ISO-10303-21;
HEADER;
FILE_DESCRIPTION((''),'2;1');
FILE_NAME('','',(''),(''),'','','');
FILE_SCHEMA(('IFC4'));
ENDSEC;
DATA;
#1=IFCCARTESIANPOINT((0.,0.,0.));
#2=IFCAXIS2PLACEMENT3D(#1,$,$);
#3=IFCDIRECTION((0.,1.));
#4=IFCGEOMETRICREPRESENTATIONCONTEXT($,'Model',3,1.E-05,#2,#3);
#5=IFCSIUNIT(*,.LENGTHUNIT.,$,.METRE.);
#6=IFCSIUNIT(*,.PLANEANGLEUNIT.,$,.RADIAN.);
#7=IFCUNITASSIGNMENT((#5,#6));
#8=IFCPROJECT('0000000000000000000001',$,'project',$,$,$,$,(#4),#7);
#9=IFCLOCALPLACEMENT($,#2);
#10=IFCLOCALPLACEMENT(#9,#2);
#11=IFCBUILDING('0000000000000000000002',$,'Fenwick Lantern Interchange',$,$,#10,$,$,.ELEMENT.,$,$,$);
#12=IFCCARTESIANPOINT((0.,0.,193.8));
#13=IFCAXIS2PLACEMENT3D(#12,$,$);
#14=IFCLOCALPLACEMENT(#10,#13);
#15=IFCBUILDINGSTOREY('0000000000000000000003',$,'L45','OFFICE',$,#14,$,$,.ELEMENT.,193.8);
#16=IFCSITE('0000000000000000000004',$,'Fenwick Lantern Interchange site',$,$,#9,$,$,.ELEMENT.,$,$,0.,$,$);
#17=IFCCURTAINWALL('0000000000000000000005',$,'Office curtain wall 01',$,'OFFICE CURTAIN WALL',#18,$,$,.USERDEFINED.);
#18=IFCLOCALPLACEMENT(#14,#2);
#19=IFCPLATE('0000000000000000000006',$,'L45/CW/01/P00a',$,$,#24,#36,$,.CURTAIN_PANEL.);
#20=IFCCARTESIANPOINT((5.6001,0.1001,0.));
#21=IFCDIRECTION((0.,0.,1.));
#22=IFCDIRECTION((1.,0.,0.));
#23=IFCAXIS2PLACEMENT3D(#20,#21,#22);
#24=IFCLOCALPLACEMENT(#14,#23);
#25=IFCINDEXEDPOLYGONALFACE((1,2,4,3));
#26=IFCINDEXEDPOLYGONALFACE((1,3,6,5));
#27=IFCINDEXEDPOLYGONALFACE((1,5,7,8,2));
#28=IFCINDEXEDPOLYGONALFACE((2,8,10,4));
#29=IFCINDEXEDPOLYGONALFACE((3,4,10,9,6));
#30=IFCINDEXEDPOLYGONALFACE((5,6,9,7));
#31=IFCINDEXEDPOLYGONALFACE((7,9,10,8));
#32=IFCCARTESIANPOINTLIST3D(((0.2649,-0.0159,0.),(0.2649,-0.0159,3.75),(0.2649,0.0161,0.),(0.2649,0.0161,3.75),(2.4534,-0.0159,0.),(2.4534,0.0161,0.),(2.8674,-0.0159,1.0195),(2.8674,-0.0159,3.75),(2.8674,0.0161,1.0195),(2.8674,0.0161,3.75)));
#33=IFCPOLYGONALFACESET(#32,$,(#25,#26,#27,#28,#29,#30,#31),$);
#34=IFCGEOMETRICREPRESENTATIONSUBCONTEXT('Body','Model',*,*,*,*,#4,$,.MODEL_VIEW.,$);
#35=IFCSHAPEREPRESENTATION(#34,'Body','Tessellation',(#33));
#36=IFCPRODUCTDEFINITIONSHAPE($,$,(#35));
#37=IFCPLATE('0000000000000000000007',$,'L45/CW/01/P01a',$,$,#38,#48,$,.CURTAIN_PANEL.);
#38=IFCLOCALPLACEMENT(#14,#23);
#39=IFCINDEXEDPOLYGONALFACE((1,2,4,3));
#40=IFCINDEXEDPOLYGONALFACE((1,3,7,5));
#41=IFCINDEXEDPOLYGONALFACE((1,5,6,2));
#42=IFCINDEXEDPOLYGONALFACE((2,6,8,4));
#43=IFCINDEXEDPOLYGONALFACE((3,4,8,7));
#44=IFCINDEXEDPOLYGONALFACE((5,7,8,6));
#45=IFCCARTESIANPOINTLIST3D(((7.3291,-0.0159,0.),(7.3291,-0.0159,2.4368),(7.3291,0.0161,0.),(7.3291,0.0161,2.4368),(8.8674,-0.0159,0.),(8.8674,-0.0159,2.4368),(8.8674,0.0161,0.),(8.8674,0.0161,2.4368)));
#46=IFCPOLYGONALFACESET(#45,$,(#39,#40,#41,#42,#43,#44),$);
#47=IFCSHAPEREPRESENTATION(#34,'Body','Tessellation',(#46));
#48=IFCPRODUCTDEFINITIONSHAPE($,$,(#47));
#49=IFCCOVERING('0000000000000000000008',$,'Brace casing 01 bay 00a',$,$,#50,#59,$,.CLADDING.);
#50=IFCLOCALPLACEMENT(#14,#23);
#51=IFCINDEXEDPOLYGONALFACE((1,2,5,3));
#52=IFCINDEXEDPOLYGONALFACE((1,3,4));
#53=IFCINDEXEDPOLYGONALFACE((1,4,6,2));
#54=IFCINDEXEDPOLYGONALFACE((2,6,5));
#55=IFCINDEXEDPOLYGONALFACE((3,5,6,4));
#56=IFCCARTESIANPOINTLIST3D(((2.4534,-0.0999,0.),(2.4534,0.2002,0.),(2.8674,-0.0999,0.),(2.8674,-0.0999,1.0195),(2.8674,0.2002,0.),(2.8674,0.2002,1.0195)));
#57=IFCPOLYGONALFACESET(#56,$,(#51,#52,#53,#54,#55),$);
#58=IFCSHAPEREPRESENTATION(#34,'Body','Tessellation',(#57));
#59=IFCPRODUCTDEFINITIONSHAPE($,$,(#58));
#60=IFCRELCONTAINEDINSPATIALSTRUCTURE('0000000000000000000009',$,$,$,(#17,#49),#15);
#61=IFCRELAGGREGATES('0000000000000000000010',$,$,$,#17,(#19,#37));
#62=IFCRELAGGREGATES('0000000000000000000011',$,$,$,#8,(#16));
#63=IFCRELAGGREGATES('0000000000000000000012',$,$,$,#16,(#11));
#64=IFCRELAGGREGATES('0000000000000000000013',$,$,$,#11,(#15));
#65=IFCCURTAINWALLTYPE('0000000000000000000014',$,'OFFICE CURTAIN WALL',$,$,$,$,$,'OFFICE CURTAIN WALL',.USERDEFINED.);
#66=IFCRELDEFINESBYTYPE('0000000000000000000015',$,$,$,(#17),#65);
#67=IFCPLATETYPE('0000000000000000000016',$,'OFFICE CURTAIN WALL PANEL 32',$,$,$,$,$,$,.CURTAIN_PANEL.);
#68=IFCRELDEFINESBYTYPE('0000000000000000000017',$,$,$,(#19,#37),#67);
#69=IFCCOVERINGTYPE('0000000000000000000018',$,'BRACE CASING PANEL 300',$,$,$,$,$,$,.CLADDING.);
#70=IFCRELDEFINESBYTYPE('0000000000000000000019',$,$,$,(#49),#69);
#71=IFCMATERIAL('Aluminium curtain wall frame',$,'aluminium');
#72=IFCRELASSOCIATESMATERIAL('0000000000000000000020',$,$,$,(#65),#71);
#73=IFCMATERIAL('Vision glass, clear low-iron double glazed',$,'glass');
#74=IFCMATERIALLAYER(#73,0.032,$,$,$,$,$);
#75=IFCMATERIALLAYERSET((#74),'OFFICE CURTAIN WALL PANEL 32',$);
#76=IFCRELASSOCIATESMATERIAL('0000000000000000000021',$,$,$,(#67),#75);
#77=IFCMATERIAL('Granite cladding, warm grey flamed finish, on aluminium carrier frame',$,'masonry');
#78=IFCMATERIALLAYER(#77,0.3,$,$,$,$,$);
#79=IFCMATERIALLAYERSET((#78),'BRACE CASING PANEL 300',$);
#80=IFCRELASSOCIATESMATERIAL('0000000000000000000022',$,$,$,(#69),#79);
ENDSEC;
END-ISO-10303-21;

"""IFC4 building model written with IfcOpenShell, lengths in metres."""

from ifc_helpers import new_model, si_unit, direction, frame, origin, place, context, subcontext, project, spatial, polyline, outline, extrude, material, layer, layer_set, type_object, element, aggregate, save


model = new_model("IFC4")

# Units and contexts
model_context = context("Model", 3, precision=1e-05, world=origin(), true_north=direction((0.0, 1.0)))
body_context = subcontext(model_context, "Body", "Model", "MODEL_VIEW")
ifc_project = project(units=[si_unit("LENGTHUNIT", "METRE"), si_unit("PLANEANGLEUNIT", "RADIAN")], contexts=[model_context])

# Site, building, storey
site_placement = place(None, origin())
site = spatial("IfcSite", under=ifc_project, at=site_placement, Name="Fenwick Lantern Interchange site", CompositionType="ELEMENT", RefElevation=0.0)
building_placement = place(site_placement, origin())
building = spatial("IfcBuilding", under=site, at=building_placement, Name="Fenwick Lantern Interchange", CompositionType="ELEMENT")
storey_placement = place(building_placement, frame((0.0, 0.0, 193.8)))
storey = spatial("IfcBuildingStorey", under=building, at=storey_placement, Name="L45", Description="OFFICE", CompositionType="ELEMENT", Elevation=193.8)

# Shared definitions
ifc_material_1 = material(Name="Aluminium curtain wall frame", Category="aluminium")
curtain_wall_type = type_object("IfcCurtainWallType", Name="OFFICE CURTAIN WALL", ElementType="OFFICE CURTAIN WALL", PredefinedType="USERDEFINED", material=ifc_material_1)

# Curtain wall, plates
curtain_wall_1_placement = place(storey_placement, origin())
curtain_wall_1 = element("IfcCurtainWall", 1, at=curtain_wall_1_placement, inside=storey, type_object=curtain_wall_type, Name="Office curtain wall 01", ObjectType="OFFICE CURTAIN WALL", PredefinedType="USERDEFINED")
ifc_material_2 = material(Name="Vision glass, clear low-iron double glazed", Category="glass")
ifc_layer_1 = layer(ifc_material_2, 0.032)
ifc_layer_set_1 = layer_set([ifc_layer_1], Name="OFFICE CURTAIN WALL PANEL 32")
plate_type = type_object("IfcPlateType", Name="OFFICE CURTAIN WALL PANEL 32", PredefinedType="CURTAIN_PANEL", material=ifc_layer_set_1)
plate_1_placement = place(storey_placement, frame((5.6001, 0.1001, 0.0), z_axis=(0.0, 0.0, 1.0), x_axis=(1.0, 0.0, 0.0)))
plate_1 = element("IfcPlate", 2, at=plate_1_placement, type_object=plate_type, Name="L45/CW/01/P00a", PredefinedType="CURTAIN_PANEL", context=body_context, shape_type="SweptSolid", body=[
    extrude(outline(polyline([(0.2649, 0.0), (2.4534, 0.0), (2.8674, 1.0195), (2.8674, 3.75), (0.2649, 3.75), (0.2649, 0.0)])), frame((0.0, 0.0161, 0.0), z_axis=(0.0, -1.0, 0.0), x_axis=(1.0, 0.0, 0.0)), (0.0, 0.0, 1.0), 0.032),
])
plate_2_placement = place(storey_placement, frame((5.6001, 0.1001, 0.0), z_axis=(0.0, 0.0, 1.0), x_axis=(1.0, 0.0, 0.0)))
plate_2 = element("IfcPlate", 3, at=plate_2_placement, type_object=plate_type, Name="L45/CW/01/P01a", PredefinedType="CURTAIN_PANEL", context=body_context, shape_type="SweptSolid", body=[
    extrude(outline(polyline([(7.3291, 0.0), (8.8674, 0.0), (8.8674, 2.4368), (7.3291, 2.4368), (7.3291, 0.0)])), frame((0.0, 0.0161, 0.0), z_axis=(0.0, -1.0, 0.0), x_axis=(1.0, 0.0, 0.0)), (0.0, 0.0, 1.0), 0.032),
])
aggregate(curtain_wall_1, [plate_1, plate_2])

# Covering
ifc_material_3 = material(Name="Granite cladding, warm grey flamed finish, on aluminium carrier frame", Category="masonry")
ifc_layer_2 = layer(ifc_material_3, 0.3)
ifc_layer_set_2 = layer_set([ifc_layer_2], Name="BRACE CASING PANEL 300")
covering_type_1 = type_object("IfcCoveringType", Name="BRACE CASING PANEL 300", PredefinedType="CLADDING", material=ifc_layer_set_2)
covering_1_placement = place(storey_placement, frame((5.6001, 0.1001, 0.0), z_axis=(0.0, 0.0, 1.0), x_axis=(1.0, 0.0, 0.0)))
element("IfcCovering", 4, at=covering_1_placement, inside=storey, type_object=covering_type_1, Name="Brace casing 01 bay 00a", PredefinedType="CLADDING", context=body_context, shape_type="SweptSolid", body=[
    extrude(outline(polyline([(2.4534, 0.0), (2.8674, 0.0), (2.8674, 1.0195), (2.4534, 0.0)])), frame((0.0, 0.2002, 0.0), z_axis=(0.0, -1.0, 0.0), x_axis=(1.0, 0.0, 0.0)), (0.0, 0.0, 1.0), 0.3),
])

save(model, "model.ifc")
